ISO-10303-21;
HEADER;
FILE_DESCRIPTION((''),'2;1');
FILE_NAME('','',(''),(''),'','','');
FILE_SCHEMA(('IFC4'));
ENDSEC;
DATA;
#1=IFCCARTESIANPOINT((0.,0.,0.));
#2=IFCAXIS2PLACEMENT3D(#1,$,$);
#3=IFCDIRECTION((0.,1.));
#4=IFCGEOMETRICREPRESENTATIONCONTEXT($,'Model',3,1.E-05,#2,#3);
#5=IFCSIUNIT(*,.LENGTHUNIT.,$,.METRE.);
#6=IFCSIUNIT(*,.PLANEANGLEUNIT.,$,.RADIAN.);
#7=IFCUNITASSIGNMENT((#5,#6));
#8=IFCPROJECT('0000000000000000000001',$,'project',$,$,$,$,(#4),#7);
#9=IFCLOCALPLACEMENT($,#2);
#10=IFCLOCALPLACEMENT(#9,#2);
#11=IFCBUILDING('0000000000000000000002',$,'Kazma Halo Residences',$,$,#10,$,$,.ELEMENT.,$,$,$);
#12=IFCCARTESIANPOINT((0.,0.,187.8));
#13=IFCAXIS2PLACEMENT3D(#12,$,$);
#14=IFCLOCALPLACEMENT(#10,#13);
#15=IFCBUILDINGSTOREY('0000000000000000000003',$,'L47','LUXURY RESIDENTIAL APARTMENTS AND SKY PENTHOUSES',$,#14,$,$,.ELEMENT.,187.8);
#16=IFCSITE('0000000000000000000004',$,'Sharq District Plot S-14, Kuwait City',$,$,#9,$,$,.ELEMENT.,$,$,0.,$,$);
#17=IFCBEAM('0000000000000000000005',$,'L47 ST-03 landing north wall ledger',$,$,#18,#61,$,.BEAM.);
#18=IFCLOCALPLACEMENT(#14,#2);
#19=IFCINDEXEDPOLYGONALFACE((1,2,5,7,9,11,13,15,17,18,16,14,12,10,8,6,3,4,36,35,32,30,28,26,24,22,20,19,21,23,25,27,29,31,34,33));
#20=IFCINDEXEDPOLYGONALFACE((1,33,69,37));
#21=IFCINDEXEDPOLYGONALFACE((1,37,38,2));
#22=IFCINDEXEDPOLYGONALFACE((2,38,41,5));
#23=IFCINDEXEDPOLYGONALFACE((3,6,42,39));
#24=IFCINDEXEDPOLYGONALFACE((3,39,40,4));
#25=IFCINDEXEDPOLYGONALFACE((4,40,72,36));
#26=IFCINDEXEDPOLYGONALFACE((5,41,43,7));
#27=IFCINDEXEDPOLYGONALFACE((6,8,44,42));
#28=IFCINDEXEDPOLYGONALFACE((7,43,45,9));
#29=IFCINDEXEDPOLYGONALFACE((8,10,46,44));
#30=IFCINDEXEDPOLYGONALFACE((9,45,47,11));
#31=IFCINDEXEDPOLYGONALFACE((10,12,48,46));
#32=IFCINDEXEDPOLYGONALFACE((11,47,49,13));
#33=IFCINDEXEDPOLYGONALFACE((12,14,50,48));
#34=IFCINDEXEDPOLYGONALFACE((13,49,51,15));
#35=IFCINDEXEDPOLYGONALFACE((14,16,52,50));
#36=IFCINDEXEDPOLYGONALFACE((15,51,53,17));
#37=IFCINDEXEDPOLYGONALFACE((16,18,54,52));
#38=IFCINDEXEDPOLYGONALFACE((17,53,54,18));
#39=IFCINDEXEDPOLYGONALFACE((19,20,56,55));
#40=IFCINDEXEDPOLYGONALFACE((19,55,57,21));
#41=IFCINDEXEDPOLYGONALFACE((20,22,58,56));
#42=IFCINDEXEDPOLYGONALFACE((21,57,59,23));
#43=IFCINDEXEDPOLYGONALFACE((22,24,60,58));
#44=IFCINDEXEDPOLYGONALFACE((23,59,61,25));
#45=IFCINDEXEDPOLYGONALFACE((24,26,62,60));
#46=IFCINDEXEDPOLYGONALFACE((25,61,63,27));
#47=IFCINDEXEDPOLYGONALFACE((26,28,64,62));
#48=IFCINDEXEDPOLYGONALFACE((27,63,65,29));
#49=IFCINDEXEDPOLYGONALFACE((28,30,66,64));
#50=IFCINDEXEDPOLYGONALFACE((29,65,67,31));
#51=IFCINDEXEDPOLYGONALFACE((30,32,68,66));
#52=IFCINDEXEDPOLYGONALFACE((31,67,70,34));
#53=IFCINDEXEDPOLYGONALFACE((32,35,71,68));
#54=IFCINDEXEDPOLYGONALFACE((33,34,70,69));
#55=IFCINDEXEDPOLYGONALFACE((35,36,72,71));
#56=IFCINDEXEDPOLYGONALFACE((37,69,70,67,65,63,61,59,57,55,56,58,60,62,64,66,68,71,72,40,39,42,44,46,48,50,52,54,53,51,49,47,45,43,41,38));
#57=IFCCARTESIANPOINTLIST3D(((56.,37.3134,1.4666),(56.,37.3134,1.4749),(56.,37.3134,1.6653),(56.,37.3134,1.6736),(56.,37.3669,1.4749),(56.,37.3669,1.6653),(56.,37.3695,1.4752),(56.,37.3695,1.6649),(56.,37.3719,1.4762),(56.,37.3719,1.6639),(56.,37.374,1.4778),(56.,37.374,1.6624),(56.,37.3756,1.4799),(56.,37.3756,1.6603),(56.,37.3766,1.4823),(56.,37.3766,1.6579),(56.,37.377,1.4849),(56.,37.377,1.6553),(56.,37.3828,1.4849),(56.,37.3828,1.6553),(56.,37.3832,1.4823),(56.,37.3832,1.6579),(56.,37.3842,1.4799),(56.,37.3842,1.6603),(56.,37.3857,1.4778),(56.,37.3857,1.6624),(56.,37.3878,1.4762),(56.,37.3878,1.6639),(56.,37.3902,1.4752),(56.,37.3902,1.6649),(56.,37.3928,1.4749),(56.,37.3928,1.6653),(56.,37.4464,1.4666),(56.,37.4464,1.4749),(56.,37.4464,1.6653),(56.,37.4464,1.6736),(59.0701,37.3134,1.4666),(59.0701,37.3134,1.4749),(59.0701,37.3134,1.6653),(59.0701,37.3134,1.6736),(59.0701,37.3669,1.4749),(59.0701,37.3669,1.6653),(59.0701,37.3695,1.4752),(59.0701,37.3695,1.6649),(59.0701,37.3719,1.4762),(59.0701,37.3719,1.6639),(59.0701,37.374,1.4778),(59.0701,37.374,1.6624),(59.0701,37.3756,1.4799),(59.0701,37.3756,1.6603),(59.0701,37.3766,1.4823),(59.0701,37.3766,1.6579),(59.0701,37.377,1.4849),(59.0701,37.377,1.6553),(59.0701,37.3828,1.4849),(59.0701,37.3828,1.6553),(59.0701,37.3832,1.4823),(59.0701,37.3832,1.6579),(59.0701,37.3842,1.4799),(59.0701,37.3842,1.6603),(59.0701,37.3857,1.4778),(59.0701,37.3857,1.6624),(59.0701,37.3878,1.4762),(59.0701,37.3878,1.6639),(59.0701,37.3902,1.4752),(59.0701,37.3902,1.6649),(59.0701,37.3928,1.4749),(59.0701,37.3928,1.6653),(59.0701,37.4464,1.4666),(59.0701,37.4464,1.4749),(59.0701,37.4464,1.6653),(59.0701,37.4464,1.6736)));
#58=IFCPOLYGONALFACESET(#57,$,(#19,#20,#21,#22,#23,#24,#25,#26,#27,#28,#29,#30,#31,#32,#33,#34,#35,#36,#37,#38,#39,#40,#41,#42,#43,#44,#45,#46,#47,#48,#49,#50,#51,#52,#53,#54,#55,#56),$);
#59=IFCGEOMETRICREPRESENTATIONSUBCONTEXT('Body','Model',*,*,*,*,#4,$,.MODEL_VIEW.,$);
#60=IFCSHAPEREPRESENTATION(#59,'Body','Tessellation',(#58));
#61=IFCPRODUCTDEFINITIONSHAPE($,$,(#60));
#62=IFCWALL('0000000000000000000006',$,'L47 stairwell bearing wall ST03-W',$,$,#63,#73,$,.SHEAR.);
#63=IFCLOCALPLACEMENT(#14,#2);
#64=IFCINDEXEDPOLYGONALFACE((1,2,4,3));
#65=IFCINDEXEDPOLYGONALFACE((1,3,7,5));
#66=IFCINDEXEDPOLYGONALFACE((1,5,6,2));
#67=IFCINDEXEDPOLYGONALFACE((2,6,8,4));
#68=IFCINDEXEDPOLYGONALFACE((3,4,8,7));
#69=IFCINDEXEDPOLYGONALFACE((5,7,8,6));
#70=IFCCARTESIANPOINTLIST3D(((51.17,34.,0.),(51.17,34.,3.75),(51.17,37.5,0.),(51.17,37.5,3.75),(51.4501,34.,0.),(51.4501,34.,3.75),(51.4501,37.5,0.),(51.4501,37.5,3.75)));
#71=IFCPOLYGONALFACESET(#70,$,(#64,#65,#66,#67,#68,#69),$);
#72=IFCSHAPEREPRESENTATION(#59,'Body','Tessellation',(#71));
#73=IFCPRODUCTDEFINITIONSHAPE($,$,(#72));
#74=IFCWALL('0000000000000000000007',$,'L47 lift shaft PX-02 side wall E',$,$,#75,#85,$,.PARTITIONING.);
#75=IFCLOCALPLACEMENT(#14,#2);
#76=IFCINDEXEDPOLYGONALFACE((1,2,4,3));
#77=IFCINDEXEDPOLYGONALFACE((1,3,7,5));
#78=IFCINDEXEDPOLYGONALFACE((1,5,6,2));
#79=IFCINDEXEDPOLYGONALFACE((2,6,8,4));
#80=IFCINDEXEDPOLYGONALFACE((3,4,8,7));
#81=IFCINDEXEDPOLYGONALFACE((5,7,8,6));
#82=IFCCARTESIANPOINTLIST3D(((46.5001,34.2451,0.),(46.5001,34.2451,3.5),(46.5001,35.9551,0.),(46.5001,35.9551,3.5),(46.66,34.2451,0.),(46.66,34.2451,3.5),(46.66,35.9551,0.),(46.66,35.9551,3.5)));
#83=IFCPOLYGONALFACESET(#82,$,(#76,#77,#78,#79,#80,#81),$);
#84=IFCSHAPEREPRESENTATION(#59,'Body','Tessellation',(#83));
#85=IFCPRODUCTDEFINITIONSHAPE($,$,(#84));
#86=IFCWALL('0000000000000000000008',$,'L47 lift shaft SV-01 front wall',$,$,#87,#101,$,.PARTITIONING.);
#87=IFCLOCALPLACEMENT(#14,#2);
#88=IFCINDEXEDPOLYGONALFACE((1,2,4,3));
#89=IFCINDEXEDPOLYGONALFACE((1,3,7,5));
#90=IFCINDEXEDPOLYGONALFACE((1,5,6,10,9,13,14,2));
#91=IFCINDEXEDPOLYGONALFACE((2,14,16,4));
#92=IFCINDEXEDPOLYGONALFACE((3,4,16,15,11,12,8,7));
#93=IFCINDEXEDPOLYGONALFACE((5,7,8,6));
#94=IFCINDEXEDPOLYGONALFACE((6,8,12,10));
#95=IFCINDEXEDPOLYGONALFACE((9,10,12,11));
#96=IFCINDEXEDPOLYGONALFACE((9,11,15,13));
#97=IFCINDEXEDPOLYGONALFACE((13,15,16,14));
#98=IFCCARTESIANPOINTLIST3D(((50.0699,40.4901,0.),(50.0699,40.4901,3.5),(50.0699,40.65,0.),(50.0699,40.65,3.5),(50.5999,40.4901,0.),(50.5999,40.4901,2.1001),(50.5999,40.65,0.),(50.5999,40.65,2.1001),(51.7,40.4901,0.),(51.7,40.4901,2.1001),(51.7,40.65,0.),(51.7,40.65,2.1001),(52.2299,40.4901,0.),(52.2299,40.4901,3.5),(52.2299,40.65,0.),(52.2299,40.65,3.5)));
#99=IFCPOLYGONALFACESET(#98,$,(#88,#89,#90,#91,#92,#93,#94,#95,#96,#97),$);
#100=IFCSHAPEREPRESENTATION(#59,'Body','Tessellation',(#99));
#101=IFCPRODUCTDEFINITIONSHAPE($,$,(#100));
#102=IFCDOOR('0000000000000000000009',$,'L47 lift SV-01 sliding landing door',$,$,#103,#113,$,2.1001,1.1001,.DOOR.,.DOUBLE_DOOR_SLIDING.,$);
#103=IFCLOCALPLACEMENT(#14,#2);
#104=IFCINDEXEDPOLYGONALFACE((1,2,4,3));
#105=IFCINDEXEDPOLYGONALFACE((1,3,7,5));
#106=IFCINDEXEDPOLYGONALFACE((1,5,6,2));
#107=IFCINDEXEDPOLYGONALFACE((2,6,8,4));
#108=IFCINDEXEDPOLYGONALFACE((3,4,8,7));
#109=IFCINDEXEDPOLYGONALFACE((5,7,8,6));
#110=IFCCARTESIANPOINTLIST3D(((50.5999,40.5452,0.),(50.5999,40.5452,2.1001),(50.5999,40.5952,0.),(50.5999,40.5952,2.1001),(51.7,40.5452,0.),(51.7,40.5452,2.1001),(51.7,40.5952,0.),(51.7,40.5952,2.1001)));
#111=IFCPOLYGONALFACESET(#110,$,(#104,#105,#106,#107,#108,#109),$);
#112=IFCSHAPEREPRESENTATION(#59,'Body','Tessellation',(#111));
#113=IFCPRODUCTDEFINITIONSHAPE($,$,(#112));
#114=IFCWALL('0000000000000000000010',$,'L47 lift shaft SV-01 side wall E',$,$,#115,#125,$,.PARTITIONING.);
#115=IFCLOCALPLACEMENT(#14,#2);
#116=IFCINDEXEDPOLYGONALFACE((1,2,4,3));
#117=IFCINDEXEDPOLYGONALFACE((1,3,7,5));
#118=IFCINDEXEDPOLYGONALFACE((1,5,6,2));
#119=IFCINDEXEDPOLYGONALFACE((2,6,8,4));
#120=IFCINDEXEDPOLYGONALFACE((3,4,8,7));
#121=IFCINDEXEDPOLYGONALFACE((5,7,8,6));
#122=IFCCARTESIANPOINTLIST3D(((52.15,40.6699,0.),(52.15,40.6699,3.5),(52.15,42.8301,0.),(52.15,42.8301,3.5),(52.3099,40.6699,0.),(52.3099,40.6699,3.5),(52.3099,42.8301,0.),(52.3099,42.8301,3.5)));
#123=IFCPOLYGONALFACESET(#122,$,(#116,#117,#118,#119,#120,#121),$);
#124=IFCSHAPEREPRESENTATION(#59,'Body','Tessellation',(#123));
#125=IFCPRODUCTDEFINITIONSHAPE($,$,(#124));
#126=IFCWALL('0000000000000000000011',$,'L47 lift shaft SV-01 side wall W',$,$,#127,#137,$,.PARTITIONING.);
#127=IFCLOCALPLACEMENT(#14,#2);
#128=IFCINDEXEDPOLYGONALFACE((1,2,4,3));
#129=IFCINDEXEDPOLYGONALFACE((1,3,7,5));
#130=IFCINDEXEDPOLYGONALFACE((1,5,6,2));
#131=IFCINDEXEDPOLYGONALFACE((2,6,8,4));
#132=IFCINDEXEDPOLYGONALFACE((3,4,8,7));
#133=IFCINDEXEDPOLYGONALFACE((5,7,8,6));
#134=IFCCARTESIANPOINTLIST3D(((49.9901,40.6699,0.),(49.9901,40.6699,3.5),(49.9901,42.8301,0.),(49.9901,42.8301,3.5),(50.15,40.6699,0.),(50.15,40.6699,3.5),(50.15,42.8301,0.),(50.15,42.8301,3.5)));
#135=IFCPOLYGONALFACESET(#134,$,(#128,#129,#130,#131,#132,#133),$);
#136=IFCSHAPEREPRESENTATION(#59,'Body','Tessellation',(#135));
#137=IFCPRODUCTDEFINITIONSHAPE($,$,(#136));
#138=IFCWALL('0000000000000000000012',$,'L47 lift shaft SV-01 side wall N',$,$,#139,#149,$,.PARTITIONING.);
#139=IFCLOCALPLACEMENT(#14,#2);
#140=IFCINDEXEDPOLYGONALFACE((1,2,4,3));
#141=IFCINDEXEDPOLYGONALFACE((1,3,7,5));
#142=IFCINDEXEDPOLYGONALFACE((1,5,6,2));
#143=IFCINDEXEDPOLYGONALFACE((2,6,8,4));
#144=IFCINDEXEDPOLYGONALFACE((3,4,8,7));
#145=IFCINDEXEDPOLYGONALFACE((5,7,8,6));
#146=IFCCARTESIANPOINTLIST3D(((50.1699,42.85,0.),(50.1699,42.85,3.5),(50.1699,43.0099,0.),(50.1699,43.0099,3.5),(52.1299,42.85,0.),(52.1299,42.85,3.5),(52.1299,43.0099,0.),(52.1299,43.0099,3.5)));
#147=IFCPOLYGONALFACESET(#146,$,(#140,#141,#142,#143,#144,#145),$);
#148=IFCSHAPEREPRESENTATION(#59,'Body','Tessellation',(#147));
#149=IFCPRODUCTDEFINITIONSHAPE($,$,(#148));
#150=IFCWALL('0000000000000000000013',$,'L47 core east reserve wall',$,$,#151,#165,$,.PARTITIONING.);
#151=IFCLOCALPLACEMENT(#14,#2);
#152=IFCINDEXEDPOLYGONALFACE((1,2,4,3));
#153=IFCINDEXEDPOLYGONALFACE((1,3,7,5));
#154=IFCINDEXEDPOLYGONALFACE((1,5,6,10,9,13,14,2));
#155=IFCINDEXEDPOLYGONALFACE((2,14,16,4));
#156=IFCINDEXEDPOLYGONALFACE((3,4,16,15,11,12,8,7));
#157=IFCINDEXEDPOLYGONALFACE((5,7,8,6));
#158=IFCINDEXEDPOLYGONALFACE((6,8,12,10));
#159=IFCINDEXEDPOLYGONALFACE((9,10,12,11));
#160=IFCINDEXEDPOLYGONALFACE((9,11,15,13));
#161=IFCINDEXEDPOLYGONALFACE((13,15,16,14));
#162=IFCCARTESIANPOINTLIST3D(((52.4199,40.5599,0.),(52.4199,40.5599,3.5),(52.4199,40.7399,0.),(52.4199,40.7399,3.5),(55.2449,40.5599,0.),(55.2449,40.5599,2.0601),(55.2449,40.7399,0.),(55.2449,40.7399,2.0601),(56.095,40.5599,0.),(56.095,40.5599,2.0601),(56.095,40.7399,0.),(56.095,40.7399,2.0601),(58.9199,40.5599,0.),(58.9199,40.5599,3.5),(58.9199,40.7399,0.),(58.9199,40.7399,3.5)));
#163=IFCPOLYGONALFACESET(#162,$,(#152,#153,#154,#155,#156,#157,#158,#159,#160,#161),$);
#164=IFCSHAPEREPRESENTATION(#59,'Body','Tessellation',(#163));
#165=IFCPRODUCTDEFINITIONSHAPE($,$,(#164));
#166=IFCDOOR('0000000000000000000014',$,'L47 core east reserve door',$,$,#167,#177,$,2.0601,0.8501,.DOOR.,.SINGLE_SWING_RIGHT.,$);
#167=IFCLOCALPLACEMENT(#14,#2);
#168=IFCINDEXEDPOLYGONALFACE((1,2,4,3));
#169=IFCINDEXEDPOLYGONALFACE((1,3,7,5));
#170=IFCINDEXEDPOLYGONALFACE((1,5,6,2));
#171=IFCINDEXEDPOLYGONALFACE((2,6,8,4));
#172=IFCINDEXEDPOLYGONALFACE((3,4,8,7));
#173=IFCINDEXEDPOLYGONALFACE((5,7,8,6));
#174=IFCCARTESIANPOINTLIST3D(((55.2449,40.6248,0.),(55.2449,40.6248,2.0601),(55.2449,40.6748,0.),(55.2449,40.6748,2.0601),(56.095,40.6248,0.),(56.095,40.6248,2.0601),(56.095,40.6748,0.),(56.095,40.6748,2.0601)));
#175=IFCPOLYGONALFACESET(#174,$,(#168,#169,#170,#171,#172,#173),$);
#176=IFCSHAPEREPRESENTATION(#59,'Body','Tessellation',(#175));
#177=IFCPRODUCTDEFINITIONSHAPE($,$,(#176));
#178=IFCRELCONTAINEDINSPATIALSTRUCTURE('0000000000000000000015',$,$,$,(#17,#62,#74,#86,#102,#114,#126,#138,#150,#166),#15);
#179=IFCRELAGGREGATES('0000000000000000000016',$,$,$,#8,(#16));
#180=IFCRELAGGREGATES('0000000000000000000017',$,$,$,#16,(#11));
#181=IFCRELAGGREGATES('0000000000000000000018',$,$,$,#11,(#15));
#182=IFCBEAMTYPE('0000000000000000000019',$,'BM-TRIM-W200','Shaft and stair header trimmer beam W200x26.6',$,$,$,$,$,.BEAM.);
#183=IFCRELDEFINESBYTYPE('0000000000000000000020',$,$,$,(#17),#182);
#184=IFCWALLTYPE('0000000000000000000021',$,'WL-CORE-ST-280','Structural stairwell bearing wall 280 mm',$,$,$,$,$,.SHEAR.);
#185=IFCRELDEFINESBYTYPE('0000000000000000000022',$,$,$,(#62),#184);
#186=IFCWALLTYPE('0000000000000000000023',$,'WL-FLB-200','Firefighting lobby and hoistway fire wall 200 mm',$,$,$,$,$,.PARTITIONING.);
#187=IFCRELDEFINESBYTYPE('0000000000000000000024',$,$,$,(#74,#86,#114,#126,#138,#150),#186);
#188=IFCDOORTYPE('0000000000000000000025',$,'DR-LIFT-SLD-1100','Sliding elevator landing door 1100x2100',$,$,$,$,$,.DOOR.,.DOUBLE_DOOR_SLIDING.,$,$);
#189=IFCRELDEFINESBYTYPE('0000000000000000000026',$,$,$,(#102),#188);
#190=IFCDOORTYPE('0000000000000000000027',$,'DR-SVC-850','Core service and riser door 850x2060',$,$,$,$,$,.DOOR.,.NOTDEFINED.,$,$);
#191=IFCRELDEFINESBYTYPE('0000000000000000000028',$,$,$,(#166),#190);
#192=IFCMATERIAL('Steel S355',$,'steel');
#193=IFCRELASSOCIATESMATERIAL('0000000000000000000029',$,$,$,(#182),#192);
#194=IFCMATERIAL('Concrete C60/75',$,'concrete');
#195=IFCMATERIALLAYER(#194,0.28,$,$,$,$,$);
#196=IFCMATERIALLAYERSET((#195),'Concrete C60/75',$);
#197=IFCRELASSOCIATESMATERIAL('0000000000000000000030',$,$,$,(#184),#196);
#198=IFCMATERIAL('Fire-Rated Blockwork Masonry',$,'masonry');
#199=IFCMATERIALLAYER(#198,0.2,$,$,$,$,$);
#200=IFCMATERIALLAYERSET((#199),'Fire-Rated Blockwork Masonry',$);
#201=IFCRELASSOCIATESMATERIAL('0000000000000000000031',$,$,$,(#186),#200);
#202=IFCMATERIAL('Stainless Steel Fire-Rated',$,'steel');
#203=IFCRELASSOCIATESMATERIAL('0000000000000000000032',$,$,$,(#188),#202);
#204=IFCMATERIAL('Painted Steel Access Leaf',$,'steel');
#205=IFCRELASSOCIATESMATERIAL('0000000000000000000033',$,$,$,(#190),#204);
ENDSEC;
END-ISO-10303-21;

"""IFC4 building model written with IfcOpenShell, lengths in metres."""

from ifc_helpers import new_model, si_unit, direction, frame, frame_2d, origin, origin_2d, place, context, subcontext, project, spatial, rectangle, i_section, extrude, material, layer, layer_set, material_profile, profile_set, type_object, element, fill, save


model = new_model("IFC4")

# Units and contexts
model_context = context("Model", 3, precision=1e-05, world=origin(), true_north=direction((0.0, 1.0)))
body_context = subcontext(model_context, "Body", "Model", "MODEL_VIEW")
ifc_project = project(units=[si_unit("LENGTHUNIT", "METRE"), si_unit("PLANEANGLEUNIT", "RADIAN")], contexts=[model_context])

# Site, building, storey
site_placement = place(None, origin())
site = spatial("IfcSite", under=ifc_project, at=site_placement, Name="Sharq District Plot S-14, Kuwait City", CompositionType="ELEMENT", RefElevation=0.0)
building_placement = place(site_placement, origin())
building = spatial("IfcBuilding", under=site, at=building_placement, Name="Kazma Halo Residences", CompositionType="ELEMENT")
storey_placement = place(building_placement, frame((0.0, 0.0, 187.8)))
storey = spatial("IfcBuildingStorey", under=building, at=storey_placement, Name="L47", Description="LUXURY RESIDENTIAL APARTMENTS AND SKY PENTHOUSES", CompositionType="ELEMENT", Elevation=187.8)

# Shared definitions
ifc_material_1 = material(Name="Steel S355", Category="steel")

# Beam
ifc_material_profile_1 = material_profile(ifc_material_1, i_section(OverallWidth=0.1331, OverallDepth=0.207, WebThickness=0.0059, FlangeThickness=0.0083, FilletRadius=0.01, at=origin_2d()), Name="W200x26.6")
ifc_profile_set_1 = profile_set([ifc_material_profile_1], Name="Steel S355")
beam_type = type_object("IfcBeamType", Name="BM-TRIM-W200", Description="Shaft and stair header trimmer beam W200x26.6", PredefinedType="BEAM", material=ifc_profile_set_1)
beam_1_placement = place(storey_placement, frame((56.0, 37.3799, 1.5701), z_axis=(1.0, 0.0, 0.0), x_axis=(0.0, 1.0, 0.0)))
element("IfcBeam", 1, at=beam_1_placement, inside=storey, type_object=beam_type, Name="L47 ST-03 landing north wall ledger", PredefinedType="BEAM", context=body_context, shape_type="SweptSolid", body=[
    extrude(i_section(OverallWidth=0.1331, OverallDepth=0.207, WebThickness=0.0059, FlangeThickness=0.0083, FilletRadius=0.01, at=origin_2d()), origin(), (0.0, 0.0, 1.0), 3.0701),
])

# Walls
ifc_material_2 = material(Name="Concrete C60/75", Category="concrete")
ifc_layer_1 = layer(ifc_material_2, 0.28)
ifc_layer_set_1 = layer_set([ifc_layer_1], Name="Concrete C60/75")
wall_type_1 = type_object("IfcWallType", Name="WL-CORE-ST-280", Description="Structural stairwell bearing wall 280 mm", PredefinedType="SHEAR", material=ifc_layer_set_1)
wall_1_placement = place(storey_placement, frame((51.3101, 34.0, 0.0), z_axis=(0.0, 0.0, 1.0), x_axis=(0.0, 1.0, 0.0)))
element("IfcWall", 2, at=wall_1_placement, inside=storey, type_object=wall_type_1, Name="L47 stairwell bearing wall ST03-W", PredefinedType="SHEAR", context=body_context, shape_type="SweptSolid", body=[
    extrude(rectangle(XDim=3.5, YDim=0.28, at=frame_2d((1.75, 0.0))), origin(), (0.0, 0.0, 1.0), 3.75),
])
ifc_material_3 = material(Name="Fire-Rated Blockwork Masonry", Category="masonry")
ifc_layer_2 = layer(ifc_material_3, 0.2)
ifc_layer_set_2 = layer_set([ifc_layer_2], Name="Fire-Rated Blockwork Masonry")
wall_type_2 = type_object("IfcWallType", Name="WL-FLB-200", Description="Firefighting lobby and hoistway fire wall 200 mm", PredefinedType="PARTITIONING", material=ifc_layer_set_2)
wall_2_placement = place(storey_placement, frame((46.5801, 34.2451, 0.0), z_axis=(0.0, 0.0, 1.0), x_axis=(0.0, 1.0, 0.0)))
element("IfcWall", 3, at=wall_2_placement, inside=storey, type_object=wall_type_2, Name="L47 lift shaft PX-02 side wall E", PredefinedType="PARTITIONING", context=body_context, shape_type="SweptSolid", body=[
    extrude(rectangle(XDim=1.71, YDim=0.1599, at=frame_2d((0.855, 0.0))), origin(), (0.0, 0.0, 1.0), 3.5),
])

# Wall, opening, door
wall_3_placement = place(storey_placement, frame((52.23, 40.5701, 0.0), z_axis=(0.0, 0.0, 1.0), x_axis=(-1.0, 0.0, 0.0)))
wall_3 = element("IfcWall", 4, at=wall_3_placement, inside=storey, type_object=wall_type_2, Name="L47 lift shaft SV-01 front wall", PredefinedType="PARTITIONING", context=body_context, shape_type="SweptSolid", body=[
    extrude(rectangle(XDim=2.1599, YDim=0.1599, at=frame_2d((1.0801, 0.0))), origin(), (0.0, 0.0, 1.0), 3.5),
])
opening_1_placement = place(wall_3_placement, frame((0.53, 0.0, 0.0)))
opening_1 = element("IfcOpeningElement", 5, at=opening_1_placement, cuts=wall_3, PredefinedType="OPENING", context=body_context, shape_type="SweptSolid", body=[
    extrude(rectangle(XDim=1.1001, YDim=2.1001, at=frame_2d((0.55, 1.05))), frame((0.0, 0.0898, 0.0), z_axis=(0.0, -1.0, 0.0), x_axis=(1.0, 0.0, 0.0)), (0.0, 0.0, 1.0), 0.1799),
])
ifc_material_4 = material(Name="Stainless Steel Fire-Rated", Category="steel")
door_type_1 = type_object("IfcDoorType", Name="DR-LIFT-SLD-1100", Description="Sliding elevator landing door 1100x2100", OperationType="DOUBLE_DOOR_SLIDING", PredefinedType="DOOR", material=ifc_material_4)
door_1_placement = place(opening_1_placement, origin())
door_1 = element("IfcDoor", 6, at=door_1_placement, inside=storey, type_object=door_type_1, Name="L47 lift SV-01 sliding landing door", OperationType="DOUBLE_DOOR_SLIDING", OverallHeight=2.1001, OverallWidth=1.1001, PredefinedType="DOOR", context=body_context, shape_type="SweptSolid", body=[
    extrude(rectangle(XDim=1.1001, YDim=2.1001, at=frame_2d((0.55, 1.05))), frame((0.0, 0.0249, 0.0), z_axis=(0.0, -1.0, 0.0), x_axis=(1.0, 0.0, 0.0)), (0.0, 0.0, 1.0), 0.05),
])
fill(opening_1, door_1)

# Walls
for number, where, z_axis, x_axis, name in (
    (7, (52.23, 40.6699, 0.0), (0.0, 0.0, 1.0), (0.0, 1.0, 0.0), "L47 lift shaft SV-01 side wall E"),
    (8, (50.0701, 40.6699, 0.0), (0.0, 0.0, 1.0), (0.0, 1.0, 0.0), "L47 lift shaft SV-01 side wall W"),
):
    element("IfcWall", number, at=place(storey_placement, frame(where, z_axis=z_axis, x_axis=x_axis)), inside=storey, type_object=wall_type_2, Name=name, PredefinedType="PARTITIONING", context=body_context, shape_type="SweptSolid", body=[
        extrude(rectangle(XDim=2.1602, YDim=0.1599, at=frame_2d((1.0801, 0.0))), origin(), (0.0, 0.0, 1.0), 3.5),
    ])
wall_4_placement = place(storey_placement, frame((50.1699, 42.9299, 0.0), z_axis=(0.0, 0.0, 1.0), x_axis=(1.0, 0.0, 0.0)))
element("IfcWall", 9, at=wall_4_placement, inside=storey, type_object=wall_type_2, Name="L47 lift shaft SV-01 side wall N", PredefinedType="PARTITIONING", context=body_context, shape_type="SweptSolid", body=[
    extrude(rectangle(XDim=1.96, YDim=0.1599, at=frame_2d((0.98, 0.0))), origin(), (0.0, 0.0, 1.0), 3.5),
])

# Wall, opening, door
wall_5_placement = place(storey_placement, frame((52.4199, 40.6499, 0.0), z_axis=(0.0, 0.0, 1.0), x_axis=(1.0, 0.0, 0.0)))
wall_5 = element("IfcWall", 10, at=wall_5_placement, inside=storey, type_object=wall_type_2, Name="L47 core east reserve wall", PredefinedType="PARTITIONING", context=body_context, shape_type="SweptSolid", body=[
    extrude(rectangle(XDim=6.5, YDim=0.1799, at=frame_2d((3.25, 0.0))), origin(), (0.0, 0.0, 1.0), 3.5),
])
opening_2_placement = place(wall_5_placement, frame((2.825, 0.0, 0.0)))
opening_2 = element("IfcOpeningElement", 11, at=opening_2_placement, cuts=wall_5, PredefinedType="OPENING", context=body_context, shape_type="SweptSolid", body=[
    extrude(rectangle(XDim=0.8501, YDim=2.0601, at=frame_2d((0.425, 1.03))), frame((0.0, 0.0999, 0.0), z_axis=(0.0, -1.0, 0.0), x_axis=(1.0, 0.0, 0.0)), (0.0, 0.0, 1.0), 0.2),
])
ifc_material_5 = material(Name="Painted Steel Access Leaf", Category="steel")
door_type_2 = type_object("IfcDoorType", Name="DR-SVC-850", Description="Core service and riser door 850x2060", OperationType="NOTDEFINED", PredefinedType="DOOR", material=ifc_material_5)
door_2_placement = place(opening_2_placement, origin())
door_2 = element("IfcDoor", 12, at=door_2_placement, inside=storey, type_object=door_type_2, Name="L47 core east reserve door", OperationType="SINGLE_SWING_RIGHT", OverallHeight=2.0601, OverallWidth=0.8501, PredefinedType="DOOR", context=body_context, shape_type="SweptSolid", body=[
    extrude(rectangle(XDim=0.8501, YDim=2.0601, at=frame_2d((0.425, 1.03))), frame((0.0, 0.0249, 0.0), z_axis=(0.0, -1.0, 0.0), x_axis=(1.0, 0.0, 0.0)), (0.0, 0.0, 1.0), 0.05),
])
fill(opening_2, door_2)

save(model, "model.ifc")
